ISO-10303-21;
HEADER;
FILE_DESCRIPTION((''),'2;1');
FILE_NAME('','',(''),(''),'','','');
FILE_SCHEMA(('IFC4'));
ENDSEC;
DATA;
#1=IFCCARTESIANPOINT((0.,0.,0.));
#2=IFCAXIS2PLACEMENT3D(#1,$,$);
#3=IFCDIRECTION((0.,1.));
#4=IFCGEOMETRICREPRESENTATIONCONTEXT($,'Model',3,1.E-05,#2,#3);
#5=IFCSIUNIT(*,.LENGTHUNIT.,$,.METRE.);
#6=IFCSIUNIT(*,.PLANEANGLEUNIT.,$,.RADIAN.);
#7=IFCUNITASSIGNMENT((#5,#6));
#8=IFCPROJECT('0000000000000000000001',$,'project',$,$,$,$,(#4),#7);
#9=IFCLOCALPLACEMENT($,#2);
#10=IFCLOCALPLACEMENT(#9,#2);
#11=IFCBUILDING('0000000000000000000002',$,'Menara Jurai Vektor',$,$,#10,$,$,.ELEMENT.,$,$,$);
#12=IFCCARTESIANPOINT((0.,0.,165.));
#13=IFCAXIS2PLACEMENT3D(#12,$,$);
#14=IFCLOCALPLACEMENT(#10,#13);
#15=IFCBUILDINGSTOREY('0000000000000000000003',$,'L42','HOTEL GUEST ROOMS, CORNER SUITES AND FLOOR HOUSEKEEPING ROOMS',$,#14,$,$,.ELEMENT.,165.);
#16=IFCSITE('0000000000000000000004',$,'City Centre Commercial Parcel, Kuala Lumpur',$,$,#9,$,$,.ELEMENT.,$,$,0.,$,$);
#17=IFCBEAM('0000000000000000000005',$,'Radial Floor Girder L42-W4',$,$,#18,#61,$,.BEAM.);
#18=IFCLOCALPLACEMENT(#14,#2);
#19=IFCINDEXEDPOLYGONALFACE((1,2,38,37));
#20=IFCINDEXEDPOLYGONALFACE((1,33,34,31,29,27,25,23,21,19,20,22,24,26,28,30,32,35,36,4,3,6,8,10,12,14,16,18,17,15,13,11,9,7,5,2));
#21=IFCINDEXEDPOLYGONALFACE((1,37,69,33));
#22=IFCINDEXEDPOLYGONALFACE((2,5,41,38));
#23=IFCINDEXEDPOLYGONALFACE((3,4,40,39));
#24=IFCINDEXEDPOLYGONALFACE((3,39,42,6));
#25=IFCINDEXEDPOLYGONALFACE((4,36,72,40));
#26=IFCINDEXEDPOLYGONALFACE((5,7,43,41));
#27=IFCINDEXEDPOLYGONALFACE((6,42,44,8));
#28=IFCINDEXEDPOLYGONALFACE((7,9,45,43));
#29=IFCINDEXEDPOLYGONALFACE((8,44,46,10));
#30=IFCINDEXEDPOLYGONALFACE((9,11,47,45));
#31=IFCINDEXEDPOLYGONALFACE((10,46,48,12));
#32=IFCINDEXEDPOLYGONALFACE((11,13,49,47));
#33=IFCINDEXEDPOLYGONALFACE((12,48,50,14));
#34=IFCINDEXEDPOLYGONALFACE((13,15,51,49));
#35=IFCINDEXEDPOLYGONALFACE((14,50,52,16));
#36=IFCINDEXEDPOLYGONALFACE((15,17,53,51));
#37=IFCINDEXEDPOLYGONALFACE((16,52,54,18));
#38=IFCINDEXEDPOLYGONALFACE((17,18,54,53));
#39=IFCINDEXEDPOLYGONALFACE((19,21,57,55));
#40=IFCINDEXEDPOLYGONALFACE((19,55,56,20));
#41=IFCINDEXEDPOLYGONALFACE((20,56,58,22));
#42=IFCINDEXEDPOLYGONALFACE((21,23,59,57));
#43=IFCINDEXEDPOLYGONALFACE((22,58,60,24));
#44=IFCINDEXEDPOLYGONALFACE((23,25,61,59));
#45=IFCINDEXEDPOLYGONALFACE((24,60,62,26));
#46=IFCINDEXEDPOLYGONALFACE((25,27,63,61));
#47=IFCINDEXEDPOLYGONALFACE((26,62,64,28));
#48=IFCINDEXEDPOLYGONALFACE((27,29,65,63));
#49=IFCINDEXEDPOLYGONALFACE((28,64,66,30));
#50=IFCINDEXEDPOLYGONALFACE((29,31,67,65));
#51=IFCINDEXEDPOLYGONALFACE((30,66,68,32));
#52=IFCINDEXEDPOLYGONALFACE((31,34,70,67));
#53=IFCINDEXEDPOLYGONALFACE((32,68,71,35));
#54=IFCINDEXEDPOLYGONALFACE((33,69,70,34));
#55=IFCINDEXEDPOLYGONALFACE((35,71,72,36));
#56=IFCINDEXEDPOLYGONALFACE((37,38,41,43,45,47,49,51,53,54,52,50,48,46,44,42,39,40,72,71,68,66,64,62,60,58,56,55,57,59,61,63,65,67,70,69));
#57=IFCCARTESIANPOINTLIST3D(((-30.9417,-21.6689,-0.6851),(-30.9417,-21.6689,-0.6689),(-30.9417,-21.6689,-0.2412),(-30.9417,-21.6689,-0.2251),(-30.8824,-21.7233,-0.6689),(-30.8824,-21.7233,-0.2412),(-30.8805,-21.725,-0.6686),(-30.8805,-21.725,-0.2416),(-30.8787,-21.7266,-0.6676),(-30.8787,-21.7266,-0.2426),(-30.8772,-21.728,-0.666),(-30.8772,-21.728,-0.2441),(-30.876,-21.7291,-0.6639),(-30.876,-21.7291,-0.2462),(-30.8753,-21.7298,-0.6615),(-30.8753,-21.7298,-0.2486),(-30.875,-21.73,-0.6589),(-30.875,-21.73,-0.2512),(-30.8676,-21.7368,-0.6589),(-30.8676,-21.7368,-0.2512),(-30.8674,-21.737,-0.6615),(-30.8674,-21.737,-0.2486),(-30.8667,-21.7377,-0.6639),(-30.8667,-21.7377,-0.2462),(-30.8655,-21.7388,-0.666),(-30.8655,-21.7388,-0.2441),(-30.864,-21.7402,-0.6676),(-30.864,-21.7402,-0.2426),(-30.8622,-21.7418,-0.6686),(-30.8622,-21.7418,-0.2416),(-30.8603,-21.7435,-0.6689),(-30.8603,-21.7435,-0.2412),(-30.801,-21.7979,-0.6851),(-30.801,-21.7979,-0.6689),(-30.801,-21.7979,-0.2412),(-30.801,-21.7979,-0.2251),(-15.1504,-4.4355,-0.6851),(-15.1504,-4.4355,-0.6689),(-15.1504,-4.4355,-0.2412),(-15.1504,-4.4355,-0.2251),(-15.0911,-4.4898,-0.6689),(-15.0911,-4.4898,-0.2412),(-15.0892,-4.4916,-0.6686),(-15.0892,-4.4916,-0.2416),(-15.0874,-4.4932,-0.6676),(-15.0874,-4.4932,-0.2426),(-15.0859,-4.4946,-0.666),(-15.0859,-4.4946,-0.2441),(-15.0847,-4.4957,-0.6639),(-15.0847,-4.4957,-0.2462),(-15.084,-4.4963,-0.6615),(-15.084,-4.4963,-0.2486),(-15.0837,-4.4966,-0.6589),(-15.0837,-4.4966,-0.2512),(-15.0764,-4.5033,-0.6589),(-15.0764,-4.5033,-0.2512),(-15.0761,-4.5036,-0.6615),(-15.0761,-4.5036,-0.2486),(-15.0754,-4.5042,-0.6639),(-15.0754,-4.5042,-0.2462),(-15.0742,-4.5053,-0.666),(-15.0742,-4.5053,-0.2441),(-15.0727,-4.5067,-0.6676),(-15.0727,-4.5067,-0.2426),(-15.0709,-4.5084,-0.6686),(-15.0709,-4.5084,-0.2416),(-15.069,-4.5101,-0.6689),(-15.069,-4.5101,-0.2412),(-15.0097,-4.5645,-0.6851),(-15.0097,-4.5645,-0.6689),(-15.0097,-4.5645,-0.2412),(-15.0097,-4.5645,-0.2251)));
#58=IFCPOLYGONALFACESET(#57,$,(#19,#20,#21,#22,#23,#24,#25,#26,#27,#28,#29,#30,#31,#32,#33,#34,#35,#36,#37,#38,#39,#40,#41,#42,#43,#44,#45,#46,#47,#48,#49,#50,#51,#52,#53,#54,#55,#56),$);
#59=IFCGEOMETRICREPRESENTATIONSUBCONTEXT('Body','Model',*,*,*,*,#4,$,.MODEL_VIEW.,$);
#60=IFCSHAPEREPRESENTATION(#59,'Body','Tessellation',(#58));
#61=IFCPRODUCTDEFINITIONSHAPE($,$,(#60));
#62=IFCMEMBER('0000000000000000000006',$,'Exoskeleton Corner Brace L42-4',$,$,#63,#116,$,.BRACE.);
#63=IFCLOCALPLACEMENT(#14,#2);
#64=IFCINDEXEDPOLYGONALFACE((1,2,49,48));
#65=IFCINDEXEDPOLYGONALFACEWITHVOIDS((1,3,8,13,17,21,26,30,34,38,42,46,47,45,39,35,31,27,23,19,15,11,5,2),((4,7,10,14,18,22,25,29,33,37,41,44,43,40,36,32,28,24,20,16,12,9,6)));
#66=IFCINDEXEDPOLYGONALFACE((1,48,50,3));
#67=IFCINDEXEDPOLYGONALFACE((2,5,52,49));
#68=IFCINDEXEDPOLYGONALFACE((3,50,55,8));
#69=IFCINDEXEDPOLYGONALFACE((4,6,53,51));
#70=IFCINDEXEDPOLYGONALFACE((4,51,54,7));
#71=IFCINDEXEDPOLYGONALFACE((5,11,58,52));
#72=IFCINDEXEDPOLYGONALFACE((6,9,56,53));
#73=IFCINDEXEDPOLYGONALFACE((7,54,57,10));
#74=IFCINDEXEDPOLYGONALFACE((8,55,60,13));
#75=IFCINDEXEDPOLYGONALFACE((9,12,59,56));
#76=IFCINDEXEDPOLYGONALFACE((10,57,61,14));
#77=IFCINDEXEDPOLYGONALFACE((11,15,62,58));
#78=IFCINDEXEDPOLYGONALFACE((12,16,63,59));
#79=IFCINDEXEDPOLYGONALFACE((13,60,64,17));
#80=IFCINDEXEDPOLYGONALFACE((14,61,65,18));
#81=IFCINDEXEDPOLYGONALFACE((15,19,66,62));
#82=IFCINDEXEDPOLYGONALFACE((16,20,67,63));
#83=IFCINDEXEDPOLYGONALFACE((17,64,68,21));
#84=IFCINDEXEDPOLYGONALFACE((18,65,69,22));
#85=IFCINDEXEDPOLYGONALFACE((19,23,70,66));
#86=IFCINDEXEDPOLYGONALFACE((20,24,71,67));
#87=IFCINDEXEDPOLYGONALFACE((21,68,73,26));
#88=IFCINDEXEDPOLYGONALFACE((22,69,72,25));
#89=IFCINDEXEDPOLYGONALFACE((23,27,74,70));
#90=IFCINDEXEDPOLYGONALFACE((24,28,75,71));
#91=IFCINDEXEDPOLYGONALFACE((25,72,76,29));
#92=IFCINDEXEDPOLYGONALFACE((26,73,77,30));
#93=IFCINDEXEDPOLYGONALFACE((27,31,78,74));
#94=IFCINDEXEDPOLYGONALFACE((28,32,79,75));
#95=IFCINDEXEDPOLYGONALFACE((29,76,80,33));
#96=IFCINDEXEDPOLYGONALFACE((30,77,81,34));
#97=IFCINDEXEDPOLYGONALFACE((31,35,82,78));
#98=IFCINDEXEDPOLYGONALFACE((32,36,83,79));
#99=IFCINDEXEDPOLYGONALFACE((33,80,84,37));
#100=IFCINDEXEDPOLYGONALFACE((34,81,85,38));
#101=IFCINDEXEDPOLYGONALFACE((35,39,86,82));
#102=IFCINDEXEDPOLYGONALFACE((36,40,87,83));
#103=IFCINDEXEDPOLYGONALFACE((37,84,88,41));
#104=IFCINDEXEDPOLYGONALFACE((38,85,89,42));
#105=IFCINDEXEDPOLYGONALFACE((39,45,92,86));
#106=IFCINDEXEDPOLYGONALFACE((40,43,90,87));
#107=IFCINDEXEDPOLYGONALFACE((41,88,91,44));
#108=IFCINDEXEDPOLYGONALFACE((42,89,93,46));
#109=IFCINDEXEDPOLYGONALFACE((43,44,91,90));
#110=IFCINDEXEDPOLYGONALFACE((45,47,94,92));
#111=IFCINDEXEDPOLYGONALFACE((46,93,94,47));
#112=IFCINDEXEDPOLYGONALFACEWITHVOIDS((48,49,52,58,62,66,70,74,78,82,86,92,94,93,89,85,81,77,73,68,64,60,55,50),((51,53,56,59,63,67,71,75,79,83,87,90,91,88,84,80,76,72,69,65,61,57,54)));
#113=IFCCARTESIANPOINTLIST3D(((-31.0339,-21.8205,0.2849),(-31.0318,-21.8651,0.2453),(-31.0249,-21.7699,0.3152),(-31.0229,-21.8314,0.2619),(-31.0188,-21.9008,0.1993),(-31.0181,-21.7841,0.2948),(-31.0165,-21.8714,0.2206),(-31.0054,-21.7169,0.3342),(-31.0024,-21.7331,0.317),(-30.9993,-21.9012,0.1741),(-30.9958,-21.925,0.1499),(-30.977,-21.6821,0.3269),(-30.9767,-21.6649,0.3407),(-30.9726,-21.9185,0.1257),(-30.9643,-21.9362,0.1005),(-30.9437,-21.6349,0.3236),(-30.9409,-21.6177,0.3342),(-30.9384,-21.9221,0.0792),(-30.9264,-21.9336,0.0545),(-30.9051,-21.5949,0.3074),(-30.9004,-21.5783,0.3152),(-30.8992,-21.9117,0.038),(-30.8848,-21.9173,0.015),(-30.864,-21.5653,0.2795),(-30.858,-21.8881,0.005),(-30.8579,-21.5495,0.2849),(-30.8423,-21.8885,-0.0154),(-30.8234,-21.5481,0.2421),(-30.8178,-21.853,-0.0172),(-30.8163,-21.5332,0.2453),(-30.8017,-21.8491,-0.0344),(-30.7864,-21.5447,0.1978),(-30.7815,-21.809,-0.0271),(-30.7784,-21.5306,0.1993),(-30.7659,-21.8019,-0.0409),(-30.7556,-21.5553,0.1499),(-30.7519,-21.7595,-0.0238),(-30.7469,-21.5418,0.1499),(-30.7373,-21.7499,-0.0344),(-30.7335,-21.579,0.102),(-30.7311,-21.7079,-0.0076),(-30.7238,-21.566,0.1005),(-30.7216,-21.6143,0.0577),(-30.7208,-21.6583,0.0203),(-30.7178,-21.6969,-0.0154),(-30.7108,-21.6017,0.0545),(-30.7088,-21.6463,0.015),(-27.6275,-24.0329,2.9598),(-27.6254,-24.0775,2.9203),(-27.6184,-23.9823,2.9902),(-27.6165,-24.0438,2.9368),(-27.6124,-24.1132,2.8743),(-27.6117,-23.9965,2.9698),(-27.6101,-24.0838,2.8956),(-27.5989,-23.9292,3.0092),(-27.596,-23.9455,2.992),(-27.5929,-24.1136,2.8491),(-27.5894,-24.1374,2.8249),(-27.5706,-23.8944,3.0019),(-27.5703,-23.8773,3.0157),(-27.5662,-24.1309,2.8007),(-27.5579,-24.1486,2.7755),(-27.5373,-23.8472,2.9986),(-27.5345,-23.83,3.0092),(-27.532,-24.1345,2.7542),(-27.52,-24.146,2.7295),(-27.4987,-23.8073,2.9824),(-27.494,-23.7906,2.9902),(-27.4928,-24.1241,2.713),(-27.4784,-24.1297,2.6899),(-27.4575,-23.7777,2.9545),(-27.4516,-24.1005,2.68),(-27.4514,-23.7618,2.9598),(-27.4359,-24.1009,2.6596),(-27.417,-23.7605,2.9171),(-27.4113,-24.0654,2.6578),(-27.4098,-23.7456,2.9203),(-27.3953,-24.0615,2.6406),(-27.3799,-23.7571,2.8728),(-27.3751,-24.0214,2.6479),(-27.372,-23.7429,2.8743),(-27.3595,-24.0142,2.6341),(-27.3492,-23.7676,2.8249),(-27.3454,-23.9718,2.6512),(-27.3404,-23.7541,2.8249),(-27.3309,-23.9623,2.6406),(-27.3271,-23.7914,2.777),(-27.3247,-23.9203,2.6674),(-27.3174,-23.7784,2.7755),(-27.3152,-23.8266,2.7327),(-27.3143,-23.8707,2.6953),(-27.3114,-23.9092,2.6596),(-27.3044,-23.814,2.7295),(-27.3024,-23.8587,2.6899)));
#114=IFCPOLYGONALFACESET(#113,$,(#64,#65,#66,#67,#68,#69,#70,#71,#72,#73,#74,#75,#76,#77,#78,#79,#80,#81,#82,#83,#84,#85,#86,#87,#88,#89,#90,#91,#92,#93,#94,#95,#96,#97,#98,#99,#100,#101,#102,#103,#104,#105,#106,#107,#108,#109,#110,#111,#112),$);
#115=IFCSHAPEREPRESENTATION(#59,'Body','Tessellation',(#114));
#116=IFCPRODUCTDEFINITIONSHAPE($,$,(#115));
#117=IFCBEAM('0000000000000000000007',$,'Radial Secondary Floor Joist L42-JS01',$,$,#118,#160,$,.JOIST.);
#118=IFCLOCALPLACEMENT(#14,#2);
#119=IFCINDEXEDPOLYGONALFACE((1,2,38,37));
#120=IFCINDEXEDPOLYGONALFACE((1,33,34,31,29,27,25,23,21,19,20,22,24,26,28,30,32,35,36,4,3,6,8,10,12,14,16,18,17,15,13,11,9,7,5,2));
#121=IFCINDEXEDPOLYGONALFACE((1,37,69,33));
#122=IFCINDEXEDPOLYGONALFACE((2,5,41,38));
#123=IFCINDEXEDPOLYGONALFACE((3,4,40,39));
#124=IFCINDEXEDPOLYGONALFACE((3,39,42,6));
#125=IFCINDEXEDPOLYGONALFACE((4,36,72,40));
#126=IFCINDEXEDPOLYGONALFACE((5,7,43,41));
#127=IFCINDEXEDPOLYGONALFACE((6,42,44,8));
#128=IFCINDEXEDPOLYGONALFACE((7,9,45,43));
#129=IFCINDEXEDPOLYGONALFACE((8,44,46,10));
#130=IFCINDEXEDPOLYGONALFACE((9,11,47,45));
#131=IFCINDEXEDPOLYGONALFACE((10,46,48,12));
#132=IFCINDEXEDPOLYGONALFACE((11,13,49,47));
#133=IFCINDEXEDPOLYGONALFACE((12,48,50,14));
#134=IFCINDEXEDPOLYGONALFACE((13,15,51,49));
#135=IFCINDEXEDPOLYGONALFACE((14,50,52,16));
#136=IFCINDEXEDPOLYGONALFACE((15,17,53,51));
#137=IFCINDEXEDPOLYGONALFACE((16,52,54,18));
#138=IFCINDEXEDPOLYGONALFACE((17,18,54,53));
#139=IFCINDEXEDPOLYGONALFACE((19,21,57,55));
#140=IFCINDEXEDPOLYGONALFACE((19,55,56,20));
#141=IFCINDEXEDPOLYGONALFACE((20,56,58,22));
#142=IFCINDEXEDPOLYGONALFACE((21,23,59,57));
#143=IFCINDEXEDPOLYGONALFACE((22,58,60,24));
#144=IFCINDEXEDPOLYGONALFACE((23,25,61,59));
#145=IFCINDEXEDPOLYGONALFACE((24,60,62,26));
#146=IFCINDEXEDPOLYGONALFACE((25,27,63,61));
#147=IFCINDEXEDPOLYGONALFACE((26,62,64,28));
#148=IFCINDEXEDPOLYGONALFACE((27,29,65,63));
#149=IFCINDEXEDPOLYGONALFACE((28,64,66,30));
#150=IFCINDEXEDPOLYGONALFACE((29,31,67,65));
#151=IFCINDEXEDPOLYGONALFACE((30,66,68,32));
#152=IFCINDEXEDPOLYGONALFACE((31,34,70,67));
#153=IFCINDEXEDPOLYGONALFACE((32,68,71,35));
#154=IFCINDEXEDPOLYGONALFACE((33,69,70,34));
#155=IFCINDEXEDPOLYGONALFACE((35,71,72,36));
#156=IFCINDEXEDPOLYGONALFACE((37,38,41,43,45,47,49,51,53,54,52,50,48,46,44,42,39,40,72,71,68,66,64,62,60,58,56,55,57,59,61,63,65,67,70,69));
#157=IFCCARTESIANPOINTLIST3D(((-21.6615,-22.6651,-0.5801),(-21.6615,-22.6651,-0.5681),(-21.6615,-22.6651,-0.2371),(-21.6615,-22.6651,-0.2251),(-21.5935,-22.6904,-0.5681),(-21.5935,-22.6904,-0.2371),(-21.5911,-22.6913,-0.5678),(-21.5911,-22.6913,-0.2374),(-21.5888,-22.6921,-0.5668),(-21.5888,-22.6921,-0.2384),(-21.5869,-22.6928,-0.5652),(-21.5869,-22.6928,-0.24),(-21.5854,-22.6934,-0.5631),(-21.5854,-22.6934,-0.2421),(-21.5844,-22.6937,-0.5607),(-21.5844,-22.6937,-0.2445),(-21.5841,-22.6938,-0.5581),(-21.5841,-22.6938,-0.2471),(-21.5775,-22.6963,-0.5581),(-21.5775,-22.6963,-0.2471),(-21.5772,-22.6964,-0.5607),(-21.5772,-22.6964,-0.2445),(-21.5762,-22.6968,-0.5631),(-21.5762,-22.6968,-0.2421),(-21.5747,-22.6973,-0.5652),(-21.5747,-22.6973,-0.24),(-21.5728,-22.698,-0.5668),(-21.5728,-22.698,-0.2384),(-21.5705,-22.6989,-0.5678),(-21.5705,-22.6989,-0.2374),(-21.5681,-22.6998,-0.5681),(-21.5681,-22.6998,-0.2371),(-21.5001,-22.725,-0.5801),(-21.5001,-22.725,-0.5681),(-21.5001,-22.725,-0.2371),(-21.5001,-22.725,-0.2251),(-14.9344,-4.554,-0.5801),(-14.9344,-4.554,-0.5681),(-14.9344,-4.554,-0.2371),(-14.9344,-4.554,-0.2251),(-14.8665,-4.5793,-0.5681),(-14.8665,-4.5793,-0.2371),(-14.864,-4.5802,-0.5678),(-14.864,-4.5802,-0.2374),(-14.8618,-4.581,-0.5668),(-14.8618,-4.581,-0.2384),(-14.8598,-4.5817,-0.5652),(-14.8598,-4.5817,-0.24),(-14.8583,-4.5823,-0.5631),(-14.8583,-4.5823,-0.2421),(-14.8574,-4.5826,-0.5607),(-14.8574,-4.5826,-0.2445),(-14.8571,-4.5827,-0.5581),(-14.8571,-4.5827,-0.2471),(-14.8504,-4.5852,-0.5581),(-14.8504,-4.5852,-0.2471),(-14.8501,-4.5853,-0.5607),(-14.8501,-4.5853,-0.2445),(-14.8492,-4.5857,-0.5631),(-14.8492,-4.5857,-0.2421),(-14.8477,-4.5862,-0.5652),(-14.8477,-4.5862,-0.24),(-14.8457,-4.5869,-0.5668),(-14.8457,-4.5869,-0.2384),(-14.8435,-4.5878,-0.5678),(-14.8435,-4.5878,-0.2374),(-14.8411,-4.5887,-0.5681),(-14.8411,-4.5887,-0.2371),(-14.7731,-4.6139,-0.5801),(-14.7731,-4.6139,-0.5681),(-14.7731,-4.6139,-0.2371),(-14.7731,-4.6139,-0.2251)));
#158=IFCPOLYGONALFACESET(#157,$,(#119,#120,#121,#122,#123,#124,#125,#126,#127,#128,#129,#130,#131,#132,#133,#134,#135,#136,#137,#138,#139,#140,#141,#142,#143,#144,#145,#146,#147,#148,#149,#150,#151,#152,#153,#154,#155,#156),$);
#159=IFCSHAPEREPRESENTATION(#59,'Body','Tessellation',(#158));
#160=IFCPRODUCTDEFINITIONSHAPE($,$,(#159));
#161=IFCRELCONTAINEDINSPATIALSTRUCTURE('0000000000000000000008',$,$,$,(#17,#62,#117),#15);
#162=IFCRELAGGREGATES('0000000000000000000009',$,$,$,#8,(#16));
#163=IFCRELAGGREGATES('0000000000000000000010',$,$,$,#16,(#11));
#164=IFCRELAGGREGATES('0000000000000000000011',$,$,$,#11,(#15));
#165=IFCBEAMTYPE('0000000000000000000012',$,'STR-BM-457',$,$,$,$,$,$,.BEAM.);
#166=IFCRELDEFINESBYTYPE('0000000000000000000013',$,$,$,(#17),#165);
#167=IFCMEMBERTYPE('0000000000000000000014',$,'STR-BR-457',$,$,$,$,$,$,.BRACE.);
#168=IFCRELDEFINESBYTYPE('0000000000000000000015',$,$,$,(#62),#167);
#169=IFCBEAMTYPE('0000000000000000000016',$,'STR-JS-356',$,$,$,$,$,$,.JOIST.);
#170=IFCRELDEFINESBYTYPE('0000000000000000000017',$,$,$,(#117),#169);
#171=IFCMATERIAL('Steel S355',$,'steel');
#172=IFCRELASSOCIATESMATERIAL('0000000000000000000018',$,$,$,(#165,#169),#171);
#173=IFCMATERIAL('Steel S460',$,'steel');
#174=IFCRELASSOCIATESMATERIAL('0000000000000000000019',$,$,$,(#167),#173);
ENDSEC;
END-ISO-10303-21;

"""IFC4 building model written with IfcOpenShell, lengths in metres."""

from ifc_helpers import new_model, si_unit, direction, frame, origin, origin_2d, place, context, subcontext, project, spatial, hollow_circle, i_section, extrude, material, material_profile, profile_set, type_object, element, save


model = new_model("IFC4")

# Units and contexts
model_context = context("Model", 3, precision=1e-05, world=origin(), true_north=direction((0.0, 1.0)))
body_context = subcontext(model_context, "Body", "Model", "MODEL_VIEW")
ifc_project = project(units=[si_unit("LENGTHUNIT", "METRE"), si_unit("PLANEANGLEUNIT", "RADIAN")], contexts=[model_context])

# Site, building, storey
site_placement = place(None, origin())
site = spatial("IfcSite", under=ifc_project, at=site_placement, Name="City Centre Commercial Parcel, Kuala Lumpur", CompositionType="ELEMENT", RefElevation=0.0)
building_placement = place(site_placement, origin())
building = spatial("IfcBuilding", under=site, at=building_placement, Name="Menara Jurai Vektor", CompositionType="ELEMENT")
storey_placement = place(building_placement, frame((0.0, 0.0, 165.0)))
storey = spatial("IfcBuildingStorey", under=building, at=storey_placement, Name="L42", Description="HOTEL GUEST ROOMS, CORNER SUITES AND FLOOR HOUSEKEEPING ROOMS", CompositionType="ELEMENT", Elevation=165.0)

# Shared definitions
ifc_material_1 = material(Name="Steel S460", Category="steel")

# Beam
ifc_material_2 = material(Name="Steel S355", Category="steel")
ifc_material_profile_1 = material_profile(ifc_material_2, i_section(OverallWidth=0.1909, OverallDepth=0.46, WebThickness=0.01, FlangeThickness=0.0161, FilletRadius=0.01, at=origin_2d()), Name="UKB 457x191x82")
ifc_profile_set_1 = profile_set([ifc_material_profile_1], Name="Steel S355")
beam_type_1 = type_object("IfcBeamType", Name="STR-BM-457", PredefinedType="BEAM", material=ifc_profile_set_1)
beam_1_placement = place(storey_placement, frame((-30.8713, -21.7334, -0.4551), z_axis=(0.675585, 0.737282, 0.0), x_axis=(-0.737282, 0.675585, 0.0)))
element("IfcBeam", 1, at=beam_1_placement, inside=storey, type_object=beam_type_1, Name="Radial Floor Girder L42-W4", PredefinedType="BEAM", context=body_context, shape_type="SweptSolid", body=[
    extrude(i_section(OverallWidth=0.1909, OverallDepth=0.46, WebThickness=0.01, FlangeThickness=0.0161, FilletRadius=0.01, at=origin_2d()), origin(), (0.0, 0.0, 1.0), 23.3743),
])

# Member
ifc_material_profile_2 = material_profile(ifc_material_1, hollow_circle(Radius=0.2285, WallThickness=0.0161, at=origin_2d()), Name="CHS 457x16")
ifc_profile_set_2 = profile_set([ifc_material_profile_2], Name="Steel S460")
member_type_1 = type_object("IfcMemberType", Name="STR-BR-457", PredefinedType="BRACE", material=ifc_profile_set_2)
member_1_placement = place(storey_placement, frame((-30.8713, -21.7334, 0.1499), z_axis=(0.700403, -0.454888, 0.550012), x_axis=(0.544674, 0.838648, 0.0)))
element("IfcMember", 2, at=member_1_placement, inside=storey, type_object=member_type_1, Name="Exoskeleton Corner Brace L42-4", PredefinedType="BRACE", context=body_context, shape_type="SweptSolid", body=[
    extrude(hollow_circle(Radius=0.2285, WallThickness=0.0161, at=origin_2d()), origin(), (0.0, 0.0, 1.0), 4.8635),
])

# Beam
ifc_material_profile_3 = material_profile(ifc_material_2, i_section(OverallWidth=0.1721, OverallDepth=0.355, WebThickness=0.0071, FlangeThickness=0.012, FilletRadius=0.01, at=origin_2d()), Name="UKB 356x171x51")
ifc_profile_set_3 = profile_set([ifc_material_profile_3], Name="Steel S355")
beam_type_2 = type_object("IfcBeamType", Name="STR-JS-356", PredefinedType="JOIST", material=ifc_profile_set_3)
beam_2_placement = place(storey_placement, frame((-21.5808, -22.6951, -0.4026), z_axis=(0.34819, 0.937424, 0.0), x_axis=(-0.937424, 0.34819, 0.0)))
element("IfcBeam", 3, at=beam_2_placement, inside=storey, type_object=beam_type_2, Name="Radial Secondary Floor Joist L42-JS01", PredefinedType="JOIST", context=body_context, shape_type="SweptSolid", body=[
    extrude(i_section(OverallWidth=0.1721, OverallDepth=0.355, WebThickness=0.0071, FlangeThickness=0.012, FilletRadius=0.01, at=origin_2d()), origin(), (0.0, 0.0, 1.0), 19.3201),
])

save(model, "model.ifc")
